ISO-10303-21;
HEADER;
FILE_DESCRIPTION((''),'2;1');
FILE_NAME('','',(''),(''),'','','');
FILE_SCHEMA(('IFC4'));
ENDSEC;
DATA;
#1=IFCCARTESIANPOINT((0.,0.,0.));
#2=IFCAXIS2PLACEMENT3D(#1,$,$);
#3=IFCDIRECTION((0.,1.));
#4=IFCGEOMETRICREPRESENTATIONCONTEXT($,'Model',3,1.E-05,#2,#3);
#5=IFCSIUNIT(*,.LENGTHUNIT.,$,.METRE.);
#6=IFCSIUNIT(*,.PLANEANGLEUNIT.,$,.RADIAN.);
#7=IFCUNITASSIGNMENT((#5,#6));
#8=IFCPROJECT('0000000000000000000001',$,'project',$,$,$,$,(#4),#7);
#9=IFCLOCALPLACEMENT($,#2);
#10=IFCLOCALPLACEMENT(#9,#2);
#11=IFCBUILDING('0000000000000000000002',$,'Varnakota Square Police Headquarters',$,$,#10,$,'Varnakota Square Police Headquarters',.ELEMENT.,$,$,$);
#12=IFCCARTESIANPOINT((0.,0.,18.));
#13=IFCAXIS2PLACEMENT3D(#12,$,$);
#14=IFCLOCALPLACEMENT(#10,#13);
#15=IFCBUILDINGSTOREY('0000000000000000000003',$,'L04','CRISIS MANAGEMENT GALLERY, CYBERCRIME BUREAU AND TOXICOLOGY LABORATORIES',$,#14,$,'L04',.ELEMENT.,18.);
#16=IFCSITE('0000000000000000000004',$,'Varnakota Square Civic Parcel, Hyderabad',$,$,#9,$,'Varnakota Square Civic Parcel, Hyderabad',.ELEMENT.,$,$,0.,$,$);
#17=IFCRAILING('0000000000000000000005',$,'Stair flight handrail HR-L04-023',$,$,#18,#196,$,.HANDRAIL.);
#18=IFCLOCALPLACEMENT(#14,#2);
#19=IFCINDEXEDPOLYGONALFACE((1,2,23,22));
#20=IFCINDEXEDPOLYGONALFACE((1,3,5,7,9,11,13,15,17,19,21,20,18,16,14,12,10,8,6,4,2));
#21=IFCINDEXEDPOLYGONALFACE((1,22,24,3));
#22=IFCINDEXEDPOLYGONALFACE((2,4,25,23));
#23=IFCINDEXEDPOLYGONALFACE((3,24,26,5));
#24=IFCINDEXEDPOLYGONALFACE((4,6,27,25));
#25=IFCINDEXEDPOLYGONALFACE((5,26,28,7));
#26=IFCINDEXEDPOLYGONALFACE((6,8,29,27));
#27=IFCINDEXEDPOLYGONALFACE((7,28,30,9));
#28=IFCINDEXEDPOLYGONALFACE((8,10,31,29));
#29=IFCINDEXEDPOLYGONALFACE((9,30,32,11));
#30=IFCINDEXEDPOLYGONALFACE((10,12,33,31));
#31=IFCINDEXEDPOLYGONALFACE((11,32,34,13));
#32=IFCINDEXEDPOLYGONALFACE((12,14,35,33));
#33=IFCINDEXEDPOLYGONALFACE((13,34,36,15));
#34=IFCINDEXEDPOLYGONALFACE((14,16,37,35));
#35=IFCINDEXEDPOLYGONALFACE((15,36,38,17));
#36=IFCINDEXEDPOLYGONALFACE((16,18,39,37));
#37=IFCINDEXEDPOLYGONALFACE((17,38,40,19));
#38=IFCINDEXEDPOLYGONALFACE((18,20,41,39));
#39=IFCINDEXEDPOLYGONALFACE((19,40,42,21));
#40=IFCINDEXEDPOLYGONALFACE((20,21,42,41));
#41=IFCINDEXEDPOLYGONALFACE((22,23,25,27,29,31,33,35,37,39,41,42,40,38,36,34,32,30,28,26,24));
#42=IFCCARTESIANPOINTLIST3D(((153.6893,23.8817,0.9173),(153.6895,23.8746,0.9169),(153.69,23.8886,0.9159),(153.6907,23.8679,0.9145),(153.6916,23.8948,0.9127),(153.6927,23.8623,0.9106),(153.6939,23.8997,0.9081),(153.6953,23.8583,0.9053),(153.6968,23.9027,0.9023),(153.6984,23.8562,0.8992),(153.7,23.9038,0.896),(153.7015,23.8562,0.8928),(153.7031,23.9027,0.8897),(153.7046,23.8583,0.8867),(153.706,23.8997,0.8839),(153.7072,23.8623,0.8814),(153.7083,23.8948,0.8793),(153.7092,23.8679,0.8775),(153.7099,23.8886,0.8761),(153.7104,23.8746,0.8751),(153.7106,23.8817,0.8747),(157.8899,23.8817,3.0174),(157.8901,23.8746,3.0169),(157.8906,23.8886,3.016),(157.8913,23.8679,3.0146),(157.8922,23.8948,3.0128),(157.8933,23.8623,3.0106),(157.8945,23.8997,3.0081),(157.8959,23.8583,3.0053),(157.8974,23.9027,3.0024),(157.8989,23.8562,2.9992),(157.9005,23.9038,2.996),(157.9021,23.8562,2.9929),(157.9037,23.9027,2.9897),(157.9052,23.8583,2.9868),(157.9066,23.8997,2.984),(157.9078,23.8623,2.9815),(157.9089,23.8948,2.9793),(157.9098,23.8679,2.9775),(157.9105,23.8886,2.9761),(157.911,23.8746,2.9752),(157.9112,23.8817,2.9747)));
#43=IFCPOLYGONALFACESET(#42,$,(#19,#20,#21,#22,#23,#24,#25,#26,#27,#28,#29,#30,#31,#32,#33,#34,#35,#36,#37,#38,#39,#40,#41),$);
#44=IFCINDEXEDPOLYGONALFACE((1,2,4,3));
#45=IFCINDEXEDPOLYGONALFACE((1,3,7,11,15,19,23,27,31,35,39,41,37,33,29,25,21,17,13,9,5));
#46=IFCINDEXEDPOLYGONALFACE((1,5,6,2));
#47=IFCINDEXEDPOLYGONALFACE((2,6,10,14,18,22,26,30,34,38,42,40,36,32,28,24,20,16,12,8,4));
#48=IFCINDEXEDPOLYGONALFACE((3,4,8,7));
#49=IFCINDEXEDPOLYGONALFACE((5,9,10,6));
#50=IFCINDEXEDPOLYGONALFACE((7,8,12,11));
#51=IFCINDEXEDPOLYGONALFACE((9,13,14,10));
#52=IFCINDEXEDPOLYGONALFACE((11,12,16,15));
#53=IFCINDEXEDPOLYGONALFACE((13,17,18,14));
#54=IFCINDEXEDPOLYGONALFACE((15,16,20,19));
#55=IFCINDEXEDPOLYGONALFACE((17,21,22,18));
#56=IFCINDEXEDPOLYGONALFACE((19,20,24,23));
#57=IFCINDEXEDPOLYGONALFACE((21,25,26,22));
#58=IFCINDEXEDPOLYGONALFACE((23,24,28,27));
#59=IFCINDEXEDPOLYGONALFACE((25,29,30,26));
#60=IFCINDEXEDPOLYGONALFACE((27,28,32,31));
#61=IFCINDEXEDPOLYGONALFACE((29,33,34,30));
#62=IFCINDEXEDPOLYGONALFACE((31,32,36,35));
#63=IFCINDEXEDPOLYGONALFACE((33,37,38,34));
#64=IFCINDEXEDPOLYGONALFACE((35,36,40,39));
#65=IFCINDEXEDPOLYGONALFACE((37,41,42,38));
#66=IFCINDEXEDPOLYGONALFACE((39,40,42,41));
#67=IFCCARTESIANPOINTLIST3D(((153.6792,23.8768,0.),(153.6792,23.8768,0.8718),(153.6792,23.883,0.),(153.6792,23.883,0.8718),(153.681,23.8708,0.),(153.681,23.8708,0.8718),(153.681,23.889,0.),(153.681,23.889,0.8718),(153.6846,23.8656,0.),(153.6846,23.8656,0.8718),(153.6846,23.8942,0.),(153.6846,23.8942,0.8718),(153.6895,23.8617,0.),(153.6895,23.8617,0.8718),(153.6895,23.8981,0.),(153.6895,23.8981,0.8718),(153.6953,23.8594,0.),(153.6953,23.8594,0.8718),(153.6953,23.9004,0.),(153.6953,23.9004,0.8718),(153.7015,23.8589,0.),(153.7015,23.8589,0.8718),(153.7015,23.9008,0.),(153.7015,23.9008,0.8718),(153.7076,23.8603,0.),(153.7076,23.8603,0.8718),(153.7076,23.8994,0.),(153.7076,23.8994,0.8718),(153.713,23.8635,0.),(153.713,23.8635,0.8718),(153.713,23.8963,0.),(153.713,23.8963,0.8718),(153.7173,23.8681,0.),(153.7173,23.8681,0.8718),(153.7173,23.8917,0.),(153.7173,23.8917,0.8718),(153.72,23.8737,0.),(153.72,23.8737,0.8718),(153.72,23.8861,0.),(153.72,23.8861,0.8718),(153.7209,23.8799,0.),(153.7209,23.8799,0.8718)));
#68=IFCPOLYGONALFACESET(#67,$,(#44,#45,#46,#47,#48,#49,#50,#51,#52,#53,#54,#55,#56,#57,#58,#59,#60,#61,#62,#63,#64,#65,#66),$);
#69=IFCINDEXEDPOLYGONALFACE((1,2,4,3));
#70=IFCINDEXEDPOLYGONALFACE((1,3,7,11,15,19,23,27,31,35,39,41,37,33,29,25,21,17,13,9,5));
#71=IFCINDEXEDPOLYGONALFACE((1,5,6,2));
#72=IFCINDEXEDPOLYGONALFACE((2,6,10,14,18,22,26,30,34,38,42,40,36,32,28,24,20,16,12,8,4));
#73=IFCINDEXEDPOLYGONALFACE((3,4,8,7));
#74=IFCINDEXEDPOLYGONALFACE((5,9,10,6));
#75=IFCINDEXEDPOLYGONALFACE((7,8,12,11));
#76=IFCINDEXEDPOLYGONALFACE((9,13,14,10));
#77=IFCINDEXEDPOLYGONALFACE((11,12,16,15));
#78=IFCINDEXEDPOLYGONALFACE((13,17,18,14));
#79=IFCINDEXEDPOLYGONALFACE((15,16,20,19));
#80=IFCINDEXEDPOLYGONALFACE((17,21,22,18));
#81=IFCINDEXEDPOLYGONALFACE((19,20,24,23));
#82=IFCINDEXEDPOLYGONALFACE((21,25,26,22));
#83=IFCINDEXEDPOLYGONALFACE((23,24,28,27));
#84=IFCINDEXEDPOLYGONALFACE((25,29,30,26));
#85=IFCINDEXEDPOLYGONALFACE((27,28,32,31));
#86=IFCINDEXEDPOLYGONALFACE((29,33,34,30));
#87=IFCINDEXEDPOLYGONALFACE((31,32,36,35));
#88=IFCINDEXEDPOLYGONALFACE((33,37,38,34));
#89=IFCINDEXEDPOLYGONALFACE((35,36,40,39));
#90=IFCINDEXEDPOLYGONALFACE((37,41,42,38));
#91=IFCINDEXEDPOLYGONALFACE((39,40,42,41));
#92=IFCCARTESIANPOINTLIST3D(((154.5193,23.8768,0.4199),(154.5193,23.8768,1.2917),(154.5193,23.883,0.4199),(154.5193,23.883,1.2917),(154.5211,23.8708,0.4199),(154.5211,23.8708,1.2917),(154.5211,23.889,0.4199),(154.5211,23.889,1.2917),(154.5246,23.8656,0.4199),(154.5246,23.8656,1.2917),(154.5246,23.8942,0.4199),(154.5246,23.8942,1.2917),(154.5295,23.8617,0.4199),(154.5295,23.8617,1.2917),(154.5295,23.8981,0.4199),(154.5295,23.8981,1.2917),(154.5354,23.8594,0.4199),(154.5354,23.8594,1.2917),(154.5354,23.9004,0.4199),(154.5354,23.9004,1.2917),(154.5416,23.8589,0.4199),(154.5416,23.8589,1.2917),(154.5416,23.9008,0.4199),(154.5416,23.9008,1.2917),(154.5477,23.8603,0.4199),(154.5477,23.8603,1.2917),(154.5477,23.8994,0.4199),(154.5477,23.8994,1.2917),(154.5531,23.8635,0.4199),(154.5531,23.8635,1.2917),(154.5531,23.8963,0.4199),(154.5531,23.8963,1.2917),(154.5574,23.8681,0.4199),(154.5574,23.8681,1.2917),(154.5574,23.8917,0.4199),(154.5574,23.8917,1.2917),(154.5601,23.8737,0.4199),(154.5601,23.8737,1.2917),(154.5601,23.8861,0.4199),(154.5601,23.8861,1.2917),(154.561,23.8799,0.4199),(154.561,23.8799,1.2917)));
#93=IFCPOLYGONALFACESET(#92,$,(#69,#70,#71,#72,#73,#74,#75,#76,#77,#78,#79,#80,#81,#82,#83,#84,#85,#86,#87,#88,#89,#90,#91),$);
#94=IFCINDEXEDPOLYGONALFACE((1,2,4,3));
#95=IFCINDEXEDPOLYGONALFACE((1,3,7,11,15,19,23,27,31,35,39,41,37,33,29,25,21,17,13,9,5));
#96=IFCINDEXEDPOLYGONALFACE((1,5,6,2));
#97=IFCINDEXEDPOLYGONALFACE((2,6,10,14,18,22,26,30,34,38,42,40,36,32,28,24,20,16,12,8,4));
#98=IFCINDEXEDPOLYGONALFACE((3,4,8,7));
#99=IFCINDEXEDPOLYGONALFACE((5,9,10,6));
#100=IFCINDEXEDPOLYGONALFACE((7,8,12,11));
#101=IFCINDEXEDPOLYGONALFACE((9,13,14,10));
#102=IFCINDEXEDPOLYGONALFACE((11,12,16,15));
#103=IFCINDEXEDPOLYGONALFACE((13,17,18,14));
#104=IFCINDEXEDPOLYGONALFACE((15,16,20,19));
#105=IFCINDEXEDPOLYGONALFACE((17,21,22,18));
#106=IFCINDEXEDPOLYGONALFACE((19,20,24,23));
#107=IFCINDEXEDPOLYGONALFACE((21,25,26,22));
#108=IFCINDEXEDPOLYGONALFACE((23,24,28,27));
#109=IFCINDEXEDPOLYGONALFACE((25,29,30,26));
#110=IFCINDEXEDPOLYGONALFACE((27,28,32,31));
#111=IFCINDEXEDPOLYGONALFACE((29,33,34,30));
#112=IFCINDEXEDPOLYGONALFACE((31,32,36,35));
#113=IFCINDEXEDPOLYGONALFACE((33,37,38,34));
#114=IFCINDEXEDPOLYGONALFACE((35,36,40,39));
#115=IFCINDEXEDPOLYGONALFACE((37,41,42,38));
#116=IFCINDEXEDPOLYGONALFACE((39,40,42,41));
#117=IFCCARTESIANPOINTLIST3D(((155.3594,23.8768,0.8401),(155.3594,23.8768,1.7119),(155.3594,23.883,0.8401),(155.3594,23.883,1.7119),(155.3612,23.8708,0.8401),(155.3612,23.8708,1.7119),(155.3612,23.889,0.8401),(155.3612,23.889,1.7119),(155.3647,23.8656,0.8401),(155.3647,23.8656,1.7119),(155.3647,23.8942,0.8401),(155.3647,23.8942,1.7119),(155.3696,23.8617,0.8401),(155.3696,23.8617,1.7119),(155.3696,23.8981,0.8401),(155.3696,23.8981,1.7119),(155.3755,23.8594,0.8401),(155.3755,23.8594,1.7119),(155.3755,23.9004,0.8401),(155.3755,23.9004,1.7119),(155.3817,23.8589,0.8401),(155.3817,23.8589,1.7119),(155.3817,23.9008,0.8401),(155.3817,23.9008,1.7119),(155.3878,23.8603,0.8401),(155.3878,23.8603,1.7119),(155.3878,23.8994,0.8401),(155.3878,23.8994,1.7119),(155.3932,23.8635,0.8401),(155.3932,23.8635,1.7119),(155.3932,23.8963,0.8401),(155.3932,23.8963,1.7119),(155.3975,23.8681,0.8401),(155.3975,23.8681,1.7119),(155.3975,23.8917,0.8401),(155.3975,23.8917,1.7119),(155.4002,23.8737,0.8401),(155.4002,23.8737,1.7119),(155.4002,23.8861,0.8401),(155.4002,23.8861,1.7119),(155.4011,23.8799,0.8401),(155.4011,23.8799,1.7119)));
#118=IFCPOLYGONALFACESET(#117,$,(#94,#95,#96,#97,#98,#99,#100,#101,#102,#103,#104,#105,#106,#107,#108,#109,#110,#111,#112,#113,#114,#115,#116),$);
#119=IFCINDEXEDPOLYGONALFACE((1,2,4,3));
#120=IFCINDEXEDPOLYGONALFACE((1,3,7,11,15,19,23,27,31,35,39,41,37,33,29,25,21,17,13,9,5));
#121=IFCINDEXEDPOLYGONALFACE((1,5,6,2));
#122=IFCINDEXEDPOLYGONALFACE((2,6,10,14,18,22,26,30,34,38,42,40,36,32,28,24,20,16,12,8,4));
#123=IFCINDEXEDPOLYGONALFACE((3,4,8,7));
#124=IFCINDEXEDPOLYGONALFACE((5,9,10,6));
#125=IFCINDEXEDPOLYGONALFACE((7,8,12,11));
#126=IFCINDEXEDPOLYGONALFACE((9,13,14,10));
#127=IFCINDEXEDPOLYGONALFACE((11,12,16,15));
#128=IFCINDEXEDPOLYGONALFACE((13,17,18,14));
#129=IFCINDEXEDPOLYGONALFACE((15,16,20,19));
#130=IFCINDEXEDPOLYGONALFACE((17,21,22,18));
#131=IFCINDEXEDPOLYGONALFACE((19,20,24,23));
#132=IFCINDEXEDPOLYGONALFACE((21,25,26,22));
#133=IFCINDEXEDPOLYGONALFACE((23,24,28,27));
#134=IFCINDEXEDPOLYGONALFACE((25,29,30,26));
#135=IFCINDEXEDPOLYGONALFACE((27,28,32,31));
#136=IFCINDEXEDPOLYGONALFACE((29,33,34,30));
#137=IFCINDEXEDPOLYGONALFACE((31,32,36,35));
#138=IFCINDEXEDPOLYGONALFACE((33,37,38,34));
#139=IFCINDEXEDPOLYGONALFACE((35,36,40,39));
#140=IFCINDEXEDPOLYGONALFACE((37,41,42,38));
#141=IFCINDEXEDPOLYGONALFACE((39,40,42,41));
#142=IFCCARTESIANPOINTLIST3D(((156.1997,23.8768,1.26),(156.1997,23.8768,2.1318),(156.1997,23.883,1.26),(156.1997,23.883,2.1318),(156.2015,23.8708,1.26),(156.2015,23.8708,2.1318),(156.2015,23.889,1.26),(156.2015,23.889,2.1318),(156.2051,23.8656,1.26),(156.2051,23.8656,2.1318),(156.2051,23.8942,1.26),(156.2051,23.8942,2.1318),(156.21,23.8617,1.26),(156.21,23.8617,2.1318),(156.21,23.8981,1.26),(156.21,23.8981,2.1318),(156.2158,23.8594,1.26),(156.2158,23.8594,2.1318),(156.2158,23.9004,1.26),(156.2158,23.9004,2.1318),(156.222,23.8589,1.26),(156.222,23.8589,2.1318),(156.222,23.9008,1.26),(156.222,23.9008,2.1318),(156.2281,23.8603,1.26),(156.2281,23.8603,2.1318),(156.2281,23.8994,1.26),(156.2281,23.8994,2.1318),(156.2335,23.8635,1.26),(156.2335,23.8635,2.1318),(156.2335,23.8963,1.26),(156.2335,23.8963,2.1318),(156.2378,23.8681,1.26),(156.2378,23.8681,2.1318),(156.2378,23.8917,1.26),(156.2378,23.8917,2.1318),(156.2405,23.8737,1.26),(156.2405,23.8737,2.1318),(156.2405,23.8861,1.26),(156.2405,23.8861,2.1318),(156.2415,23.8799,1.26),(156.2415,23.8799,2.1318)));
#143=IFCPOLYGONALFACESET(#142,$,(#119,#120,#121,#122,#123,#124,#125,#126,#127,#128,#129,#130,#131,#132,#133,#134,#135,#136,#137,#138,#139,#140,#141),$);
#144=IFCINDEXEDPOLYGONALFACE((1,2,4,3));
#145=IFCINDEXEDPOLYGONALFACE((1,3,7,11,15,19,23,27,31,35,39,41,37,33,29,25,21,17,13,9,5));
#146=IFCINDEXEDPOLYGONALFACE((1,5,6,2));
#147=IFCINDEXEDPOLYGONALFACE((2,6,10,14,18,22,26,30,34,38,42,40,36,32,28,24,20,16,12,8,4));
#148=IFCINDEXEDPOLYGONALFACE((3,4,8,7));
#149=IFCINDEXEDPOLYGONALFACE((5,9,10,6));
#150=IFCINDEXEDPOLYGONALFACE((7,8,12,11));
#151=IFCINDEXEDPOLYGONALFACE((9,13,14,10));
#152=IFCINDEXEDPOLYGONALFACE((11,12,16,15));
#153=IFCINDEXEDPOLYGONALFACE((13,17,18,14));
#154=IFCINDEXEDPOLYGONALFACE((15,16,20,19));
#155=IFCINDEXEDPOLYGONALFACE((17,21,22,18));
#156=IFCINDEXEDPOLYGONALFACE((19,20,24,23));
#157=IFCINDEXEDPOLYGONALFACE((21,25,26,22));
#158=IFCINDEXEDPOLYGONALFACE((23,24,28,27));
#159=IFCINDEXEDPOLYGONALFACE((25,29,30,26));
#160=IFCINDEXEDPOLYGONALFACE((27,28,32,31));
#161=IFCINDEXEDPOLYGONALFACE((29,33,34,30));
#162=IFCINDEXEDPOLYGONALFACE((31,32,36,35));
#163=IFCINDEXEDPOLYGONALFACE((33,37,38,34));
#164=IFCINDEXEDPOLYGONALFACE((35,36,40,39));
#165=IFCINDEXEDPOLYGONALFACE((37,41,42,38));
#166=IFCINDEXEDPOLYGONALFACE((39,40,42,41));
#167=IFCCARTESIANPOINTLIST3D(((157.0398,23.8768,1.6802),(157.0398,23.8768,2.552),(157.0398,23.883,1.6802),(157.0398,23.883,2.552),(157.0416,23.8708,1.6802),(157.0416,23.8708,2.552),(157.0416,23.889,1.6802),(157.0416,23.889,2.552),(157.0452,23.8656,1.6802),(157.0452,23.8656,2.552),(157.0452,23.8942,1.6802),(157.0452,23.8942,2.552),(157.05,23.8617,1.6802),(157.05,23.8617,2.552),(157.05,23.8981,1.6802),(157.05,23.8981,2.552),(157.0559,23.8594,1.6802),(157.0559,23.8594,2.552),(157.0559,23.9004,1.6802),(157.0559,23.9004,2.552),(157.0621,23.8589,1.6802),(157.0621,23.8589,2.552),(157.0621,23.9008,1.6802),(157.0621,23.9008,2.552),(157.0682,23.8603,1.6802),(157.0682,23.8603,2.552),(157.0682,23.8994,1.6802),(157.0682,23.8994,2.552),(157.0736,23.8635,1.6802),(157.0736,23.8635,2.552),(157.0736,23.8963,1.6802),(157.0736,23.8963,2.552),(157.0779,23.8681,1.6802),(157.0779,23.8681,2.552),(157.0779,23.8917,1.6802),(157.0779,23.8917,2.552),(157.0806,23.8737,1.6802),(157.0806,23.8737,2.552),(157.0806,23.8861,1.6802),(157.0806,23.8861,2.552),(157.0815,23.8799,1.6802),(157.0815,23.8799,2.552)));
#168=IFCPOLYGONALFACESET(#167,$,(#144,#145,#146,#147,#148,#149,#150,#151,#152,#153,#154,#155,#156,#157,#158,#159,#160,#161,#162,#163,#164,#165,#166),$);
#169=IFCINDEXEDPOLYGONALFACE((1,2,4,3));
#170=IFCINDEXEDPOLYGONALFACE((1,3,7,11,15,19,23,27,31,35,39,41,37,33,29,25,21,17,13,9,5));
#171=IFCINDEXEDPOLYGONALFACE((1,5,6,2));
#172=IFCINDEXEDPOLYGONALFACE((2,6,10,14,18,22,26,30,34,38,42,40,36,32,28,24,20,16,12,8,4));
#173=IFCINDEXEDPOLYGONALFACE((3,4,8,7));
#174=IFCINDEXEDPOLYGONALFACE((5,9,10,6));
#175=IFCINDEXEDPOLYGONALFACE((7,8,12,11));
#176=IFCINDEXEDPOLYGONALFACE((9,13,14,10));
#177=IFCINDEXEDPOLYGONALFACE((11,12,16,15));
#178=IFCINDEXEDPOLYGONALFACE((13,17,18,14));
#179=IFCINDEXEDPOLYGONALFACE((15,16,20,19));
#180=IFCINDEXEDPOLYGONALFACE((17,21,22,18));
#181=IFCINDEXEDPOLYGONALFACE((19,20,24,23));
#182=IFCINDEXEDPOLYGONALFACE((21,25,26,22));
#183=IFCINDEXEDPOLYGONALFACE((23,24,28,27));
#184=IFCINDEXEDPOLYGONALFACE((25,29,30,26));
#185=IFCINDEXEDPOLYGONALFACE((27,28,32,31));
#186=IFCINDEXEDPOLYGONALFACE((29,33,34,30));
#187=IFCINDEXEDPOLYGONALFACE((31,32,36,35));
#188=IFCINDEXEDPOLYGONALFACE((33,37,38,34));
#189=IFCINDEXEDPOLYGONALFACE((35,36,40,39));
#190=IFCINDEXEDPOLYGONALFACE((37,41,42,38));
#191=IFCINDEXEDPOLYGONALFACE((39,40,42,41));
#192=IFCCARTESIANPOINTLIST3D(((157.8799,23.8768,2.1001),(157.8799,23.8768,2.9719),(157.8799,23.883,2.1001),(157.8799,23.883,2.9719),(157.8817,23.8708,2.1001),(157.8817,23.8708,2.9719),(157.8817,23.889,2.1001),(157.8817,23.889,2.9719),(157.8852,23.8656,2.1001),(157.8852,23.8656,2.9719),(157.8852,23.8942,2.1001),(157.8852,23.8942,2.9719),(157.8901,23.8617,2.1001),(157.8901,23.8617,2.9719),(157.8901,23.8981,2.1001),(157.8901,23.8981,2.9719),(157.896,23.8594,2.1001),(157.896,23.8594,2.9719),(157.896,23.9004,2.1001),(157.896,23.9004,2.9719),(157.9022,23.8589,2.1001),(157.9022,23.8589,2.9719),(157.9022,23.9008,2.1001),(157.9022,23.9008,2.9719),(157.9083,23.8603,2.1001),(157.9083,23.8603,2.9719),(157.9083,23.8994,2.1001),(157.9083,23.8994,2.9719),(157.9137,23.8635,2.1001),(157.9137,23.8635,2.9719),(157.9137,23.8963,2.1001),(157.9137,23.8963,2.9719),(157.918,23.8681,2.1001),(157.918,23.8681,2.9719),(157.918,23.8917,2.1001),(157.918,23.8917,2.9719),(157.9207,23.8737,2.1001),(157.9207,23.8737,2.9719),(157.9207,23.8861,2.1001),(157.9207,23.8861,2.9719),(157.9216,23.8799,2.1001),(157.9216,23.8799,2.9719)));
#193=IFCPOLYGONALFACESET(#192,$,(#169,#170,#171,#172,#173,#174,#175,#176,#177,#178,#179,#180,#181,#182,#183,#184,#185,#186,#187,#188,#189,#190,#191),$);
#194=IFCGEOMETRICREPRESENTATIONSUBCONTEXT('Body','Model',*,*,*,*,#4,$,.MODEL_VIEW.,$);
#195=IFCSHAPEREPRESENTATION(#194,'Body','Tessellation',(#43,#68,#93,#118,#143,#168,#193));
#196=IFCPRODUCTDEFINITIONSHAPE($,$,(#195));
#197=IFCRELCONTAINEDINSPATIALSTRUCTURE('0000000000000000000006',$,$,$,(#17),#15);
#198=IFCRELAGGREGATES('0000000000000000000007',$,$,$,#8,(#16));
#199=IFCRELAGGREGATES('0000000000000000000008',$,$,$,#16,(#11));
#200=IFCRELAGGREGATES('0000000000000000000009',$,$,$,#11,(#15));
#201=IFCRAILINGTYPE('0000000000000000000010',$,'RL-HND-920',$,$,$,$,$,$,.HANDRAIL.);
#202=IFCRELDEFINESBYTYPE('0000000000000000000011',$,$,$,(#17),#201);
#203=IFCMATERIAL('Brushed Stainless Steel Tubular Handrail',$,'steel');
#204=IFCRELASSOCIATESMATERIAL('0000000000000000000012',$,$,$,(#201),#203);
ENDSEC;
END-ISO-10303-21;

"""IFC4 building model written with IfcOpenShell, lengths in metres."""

from ifc_helpers import new_model, si_unit, direction, frame, origin, origin_2d, place, context, subcontext, project, spatial, circle, extrude, material, type_object, element, save


model = new_model("IFC4")

# Units and contexts
model_context = context("Model", 3, precision=1e-05, world=origin(), true_north=direction((0.0, 1.0)))
body_context = subcontext(model_context, "Body", "Model", "MODEL_VIEW")
ifc_project = project(units=[si_unit("LENGTHUNIT", "METRE"), si_unit("PLANEANGLEUNIT", "RADIAN")], contexts=[model_context])

# Site, building, storey
site_placement = place(None, origin())
site = spatial("IfcSite", under=ifc_project, at=site_placement, Name="Varnakota Square Civic Parcel, Hyderabad", LongName="Varnakota Square Civic Parcel, Hyderabad", CompositionType="ELEMENT", RefElevation=0.0)
building_placement = place(site_placement, origin())
building = spatial("IfcBuilding", under=site, at=building_placement, Name="Varnakota Square Police Headquarters", LongName="Varnakota Square Police Headquarters", CompositionType="ELEMENT")
storey_placement = place(building_placement, frame((0.0, 0.0, 18.0)))
storey = spatial("IfcBuildingStorey", under=building, at=storey_placement, Name="L04", Description="CRISIS MANAGEMENT GALLERY, CYBERCRIME BUREAU AND TOXICOLOGY LABORATORIES", LongName="L04", CompositionType="ELEMENT", Elevation=18.0)

# Railing
ifc_material_1 = material(Name="Brushed Stainless Steel Tubular Handrail", Category="steel")
railing_type_1 = type_object("IfcRailingType", Name="RL-HND-920", PredefinedType="HANDRAIL", material=ifc_material_1)
railing_1_placement = place(storey_placement, frame((153.7, 23.8799, 0.0)))
element("IfcRailing", 1, at=railing_1_placement, inside=storey, type_object=railing_type_1, Name="Stair flight handrail HR-L04-023", PredefinedType="HANDRAIL", context=body_context, shape_type="SweptSolid", body=[
    extrude(circle(Radius=0.0239, at=origin_2d()), frame((0.0, 0.0, 0.896), z_axis=(0.894448, 0.0, 0.447172), x_axis=(0.0, 1.0, 0.0)), (0.0, 0.0, 1.0), 4.6963),
    extrude(circle(Radius=0.021, at=origin_2d()), origin(), (0.0, 0.0, 1.0), 0.8718),
    extrude(circle(Radius=0.021, at=origin_2d()), frame((0.8401, 0.0, 0.4199)), (0.0, 0.0, 1.0), 0.8718),
    extrude(circle(Radius=0.021, at=origin_2d()), frame((1.6802, 0.0, 0.8401)), (0.0, 0.0, 1.0), 0.8718),
    extrude(circle(Radius=0.021, at=origin_2d()), frame((2.5205, 0.0, 1.26)), (0.0, 0.0, 1.0), 0.8718),
    extrude(circle(Radius=0.021, at=origin_2d()), frame((3.3606, 0.0, 1.6802)), (0.0, 0.0, 1.0), 0.8718),
    extrude(circle(Radius=0.021, at=origin_2d()), frame((4.2007, 0.0, 2.1001)), (0.0, 0.0, 1.0), 0.8718),
])

save(model, "model.ifc")
